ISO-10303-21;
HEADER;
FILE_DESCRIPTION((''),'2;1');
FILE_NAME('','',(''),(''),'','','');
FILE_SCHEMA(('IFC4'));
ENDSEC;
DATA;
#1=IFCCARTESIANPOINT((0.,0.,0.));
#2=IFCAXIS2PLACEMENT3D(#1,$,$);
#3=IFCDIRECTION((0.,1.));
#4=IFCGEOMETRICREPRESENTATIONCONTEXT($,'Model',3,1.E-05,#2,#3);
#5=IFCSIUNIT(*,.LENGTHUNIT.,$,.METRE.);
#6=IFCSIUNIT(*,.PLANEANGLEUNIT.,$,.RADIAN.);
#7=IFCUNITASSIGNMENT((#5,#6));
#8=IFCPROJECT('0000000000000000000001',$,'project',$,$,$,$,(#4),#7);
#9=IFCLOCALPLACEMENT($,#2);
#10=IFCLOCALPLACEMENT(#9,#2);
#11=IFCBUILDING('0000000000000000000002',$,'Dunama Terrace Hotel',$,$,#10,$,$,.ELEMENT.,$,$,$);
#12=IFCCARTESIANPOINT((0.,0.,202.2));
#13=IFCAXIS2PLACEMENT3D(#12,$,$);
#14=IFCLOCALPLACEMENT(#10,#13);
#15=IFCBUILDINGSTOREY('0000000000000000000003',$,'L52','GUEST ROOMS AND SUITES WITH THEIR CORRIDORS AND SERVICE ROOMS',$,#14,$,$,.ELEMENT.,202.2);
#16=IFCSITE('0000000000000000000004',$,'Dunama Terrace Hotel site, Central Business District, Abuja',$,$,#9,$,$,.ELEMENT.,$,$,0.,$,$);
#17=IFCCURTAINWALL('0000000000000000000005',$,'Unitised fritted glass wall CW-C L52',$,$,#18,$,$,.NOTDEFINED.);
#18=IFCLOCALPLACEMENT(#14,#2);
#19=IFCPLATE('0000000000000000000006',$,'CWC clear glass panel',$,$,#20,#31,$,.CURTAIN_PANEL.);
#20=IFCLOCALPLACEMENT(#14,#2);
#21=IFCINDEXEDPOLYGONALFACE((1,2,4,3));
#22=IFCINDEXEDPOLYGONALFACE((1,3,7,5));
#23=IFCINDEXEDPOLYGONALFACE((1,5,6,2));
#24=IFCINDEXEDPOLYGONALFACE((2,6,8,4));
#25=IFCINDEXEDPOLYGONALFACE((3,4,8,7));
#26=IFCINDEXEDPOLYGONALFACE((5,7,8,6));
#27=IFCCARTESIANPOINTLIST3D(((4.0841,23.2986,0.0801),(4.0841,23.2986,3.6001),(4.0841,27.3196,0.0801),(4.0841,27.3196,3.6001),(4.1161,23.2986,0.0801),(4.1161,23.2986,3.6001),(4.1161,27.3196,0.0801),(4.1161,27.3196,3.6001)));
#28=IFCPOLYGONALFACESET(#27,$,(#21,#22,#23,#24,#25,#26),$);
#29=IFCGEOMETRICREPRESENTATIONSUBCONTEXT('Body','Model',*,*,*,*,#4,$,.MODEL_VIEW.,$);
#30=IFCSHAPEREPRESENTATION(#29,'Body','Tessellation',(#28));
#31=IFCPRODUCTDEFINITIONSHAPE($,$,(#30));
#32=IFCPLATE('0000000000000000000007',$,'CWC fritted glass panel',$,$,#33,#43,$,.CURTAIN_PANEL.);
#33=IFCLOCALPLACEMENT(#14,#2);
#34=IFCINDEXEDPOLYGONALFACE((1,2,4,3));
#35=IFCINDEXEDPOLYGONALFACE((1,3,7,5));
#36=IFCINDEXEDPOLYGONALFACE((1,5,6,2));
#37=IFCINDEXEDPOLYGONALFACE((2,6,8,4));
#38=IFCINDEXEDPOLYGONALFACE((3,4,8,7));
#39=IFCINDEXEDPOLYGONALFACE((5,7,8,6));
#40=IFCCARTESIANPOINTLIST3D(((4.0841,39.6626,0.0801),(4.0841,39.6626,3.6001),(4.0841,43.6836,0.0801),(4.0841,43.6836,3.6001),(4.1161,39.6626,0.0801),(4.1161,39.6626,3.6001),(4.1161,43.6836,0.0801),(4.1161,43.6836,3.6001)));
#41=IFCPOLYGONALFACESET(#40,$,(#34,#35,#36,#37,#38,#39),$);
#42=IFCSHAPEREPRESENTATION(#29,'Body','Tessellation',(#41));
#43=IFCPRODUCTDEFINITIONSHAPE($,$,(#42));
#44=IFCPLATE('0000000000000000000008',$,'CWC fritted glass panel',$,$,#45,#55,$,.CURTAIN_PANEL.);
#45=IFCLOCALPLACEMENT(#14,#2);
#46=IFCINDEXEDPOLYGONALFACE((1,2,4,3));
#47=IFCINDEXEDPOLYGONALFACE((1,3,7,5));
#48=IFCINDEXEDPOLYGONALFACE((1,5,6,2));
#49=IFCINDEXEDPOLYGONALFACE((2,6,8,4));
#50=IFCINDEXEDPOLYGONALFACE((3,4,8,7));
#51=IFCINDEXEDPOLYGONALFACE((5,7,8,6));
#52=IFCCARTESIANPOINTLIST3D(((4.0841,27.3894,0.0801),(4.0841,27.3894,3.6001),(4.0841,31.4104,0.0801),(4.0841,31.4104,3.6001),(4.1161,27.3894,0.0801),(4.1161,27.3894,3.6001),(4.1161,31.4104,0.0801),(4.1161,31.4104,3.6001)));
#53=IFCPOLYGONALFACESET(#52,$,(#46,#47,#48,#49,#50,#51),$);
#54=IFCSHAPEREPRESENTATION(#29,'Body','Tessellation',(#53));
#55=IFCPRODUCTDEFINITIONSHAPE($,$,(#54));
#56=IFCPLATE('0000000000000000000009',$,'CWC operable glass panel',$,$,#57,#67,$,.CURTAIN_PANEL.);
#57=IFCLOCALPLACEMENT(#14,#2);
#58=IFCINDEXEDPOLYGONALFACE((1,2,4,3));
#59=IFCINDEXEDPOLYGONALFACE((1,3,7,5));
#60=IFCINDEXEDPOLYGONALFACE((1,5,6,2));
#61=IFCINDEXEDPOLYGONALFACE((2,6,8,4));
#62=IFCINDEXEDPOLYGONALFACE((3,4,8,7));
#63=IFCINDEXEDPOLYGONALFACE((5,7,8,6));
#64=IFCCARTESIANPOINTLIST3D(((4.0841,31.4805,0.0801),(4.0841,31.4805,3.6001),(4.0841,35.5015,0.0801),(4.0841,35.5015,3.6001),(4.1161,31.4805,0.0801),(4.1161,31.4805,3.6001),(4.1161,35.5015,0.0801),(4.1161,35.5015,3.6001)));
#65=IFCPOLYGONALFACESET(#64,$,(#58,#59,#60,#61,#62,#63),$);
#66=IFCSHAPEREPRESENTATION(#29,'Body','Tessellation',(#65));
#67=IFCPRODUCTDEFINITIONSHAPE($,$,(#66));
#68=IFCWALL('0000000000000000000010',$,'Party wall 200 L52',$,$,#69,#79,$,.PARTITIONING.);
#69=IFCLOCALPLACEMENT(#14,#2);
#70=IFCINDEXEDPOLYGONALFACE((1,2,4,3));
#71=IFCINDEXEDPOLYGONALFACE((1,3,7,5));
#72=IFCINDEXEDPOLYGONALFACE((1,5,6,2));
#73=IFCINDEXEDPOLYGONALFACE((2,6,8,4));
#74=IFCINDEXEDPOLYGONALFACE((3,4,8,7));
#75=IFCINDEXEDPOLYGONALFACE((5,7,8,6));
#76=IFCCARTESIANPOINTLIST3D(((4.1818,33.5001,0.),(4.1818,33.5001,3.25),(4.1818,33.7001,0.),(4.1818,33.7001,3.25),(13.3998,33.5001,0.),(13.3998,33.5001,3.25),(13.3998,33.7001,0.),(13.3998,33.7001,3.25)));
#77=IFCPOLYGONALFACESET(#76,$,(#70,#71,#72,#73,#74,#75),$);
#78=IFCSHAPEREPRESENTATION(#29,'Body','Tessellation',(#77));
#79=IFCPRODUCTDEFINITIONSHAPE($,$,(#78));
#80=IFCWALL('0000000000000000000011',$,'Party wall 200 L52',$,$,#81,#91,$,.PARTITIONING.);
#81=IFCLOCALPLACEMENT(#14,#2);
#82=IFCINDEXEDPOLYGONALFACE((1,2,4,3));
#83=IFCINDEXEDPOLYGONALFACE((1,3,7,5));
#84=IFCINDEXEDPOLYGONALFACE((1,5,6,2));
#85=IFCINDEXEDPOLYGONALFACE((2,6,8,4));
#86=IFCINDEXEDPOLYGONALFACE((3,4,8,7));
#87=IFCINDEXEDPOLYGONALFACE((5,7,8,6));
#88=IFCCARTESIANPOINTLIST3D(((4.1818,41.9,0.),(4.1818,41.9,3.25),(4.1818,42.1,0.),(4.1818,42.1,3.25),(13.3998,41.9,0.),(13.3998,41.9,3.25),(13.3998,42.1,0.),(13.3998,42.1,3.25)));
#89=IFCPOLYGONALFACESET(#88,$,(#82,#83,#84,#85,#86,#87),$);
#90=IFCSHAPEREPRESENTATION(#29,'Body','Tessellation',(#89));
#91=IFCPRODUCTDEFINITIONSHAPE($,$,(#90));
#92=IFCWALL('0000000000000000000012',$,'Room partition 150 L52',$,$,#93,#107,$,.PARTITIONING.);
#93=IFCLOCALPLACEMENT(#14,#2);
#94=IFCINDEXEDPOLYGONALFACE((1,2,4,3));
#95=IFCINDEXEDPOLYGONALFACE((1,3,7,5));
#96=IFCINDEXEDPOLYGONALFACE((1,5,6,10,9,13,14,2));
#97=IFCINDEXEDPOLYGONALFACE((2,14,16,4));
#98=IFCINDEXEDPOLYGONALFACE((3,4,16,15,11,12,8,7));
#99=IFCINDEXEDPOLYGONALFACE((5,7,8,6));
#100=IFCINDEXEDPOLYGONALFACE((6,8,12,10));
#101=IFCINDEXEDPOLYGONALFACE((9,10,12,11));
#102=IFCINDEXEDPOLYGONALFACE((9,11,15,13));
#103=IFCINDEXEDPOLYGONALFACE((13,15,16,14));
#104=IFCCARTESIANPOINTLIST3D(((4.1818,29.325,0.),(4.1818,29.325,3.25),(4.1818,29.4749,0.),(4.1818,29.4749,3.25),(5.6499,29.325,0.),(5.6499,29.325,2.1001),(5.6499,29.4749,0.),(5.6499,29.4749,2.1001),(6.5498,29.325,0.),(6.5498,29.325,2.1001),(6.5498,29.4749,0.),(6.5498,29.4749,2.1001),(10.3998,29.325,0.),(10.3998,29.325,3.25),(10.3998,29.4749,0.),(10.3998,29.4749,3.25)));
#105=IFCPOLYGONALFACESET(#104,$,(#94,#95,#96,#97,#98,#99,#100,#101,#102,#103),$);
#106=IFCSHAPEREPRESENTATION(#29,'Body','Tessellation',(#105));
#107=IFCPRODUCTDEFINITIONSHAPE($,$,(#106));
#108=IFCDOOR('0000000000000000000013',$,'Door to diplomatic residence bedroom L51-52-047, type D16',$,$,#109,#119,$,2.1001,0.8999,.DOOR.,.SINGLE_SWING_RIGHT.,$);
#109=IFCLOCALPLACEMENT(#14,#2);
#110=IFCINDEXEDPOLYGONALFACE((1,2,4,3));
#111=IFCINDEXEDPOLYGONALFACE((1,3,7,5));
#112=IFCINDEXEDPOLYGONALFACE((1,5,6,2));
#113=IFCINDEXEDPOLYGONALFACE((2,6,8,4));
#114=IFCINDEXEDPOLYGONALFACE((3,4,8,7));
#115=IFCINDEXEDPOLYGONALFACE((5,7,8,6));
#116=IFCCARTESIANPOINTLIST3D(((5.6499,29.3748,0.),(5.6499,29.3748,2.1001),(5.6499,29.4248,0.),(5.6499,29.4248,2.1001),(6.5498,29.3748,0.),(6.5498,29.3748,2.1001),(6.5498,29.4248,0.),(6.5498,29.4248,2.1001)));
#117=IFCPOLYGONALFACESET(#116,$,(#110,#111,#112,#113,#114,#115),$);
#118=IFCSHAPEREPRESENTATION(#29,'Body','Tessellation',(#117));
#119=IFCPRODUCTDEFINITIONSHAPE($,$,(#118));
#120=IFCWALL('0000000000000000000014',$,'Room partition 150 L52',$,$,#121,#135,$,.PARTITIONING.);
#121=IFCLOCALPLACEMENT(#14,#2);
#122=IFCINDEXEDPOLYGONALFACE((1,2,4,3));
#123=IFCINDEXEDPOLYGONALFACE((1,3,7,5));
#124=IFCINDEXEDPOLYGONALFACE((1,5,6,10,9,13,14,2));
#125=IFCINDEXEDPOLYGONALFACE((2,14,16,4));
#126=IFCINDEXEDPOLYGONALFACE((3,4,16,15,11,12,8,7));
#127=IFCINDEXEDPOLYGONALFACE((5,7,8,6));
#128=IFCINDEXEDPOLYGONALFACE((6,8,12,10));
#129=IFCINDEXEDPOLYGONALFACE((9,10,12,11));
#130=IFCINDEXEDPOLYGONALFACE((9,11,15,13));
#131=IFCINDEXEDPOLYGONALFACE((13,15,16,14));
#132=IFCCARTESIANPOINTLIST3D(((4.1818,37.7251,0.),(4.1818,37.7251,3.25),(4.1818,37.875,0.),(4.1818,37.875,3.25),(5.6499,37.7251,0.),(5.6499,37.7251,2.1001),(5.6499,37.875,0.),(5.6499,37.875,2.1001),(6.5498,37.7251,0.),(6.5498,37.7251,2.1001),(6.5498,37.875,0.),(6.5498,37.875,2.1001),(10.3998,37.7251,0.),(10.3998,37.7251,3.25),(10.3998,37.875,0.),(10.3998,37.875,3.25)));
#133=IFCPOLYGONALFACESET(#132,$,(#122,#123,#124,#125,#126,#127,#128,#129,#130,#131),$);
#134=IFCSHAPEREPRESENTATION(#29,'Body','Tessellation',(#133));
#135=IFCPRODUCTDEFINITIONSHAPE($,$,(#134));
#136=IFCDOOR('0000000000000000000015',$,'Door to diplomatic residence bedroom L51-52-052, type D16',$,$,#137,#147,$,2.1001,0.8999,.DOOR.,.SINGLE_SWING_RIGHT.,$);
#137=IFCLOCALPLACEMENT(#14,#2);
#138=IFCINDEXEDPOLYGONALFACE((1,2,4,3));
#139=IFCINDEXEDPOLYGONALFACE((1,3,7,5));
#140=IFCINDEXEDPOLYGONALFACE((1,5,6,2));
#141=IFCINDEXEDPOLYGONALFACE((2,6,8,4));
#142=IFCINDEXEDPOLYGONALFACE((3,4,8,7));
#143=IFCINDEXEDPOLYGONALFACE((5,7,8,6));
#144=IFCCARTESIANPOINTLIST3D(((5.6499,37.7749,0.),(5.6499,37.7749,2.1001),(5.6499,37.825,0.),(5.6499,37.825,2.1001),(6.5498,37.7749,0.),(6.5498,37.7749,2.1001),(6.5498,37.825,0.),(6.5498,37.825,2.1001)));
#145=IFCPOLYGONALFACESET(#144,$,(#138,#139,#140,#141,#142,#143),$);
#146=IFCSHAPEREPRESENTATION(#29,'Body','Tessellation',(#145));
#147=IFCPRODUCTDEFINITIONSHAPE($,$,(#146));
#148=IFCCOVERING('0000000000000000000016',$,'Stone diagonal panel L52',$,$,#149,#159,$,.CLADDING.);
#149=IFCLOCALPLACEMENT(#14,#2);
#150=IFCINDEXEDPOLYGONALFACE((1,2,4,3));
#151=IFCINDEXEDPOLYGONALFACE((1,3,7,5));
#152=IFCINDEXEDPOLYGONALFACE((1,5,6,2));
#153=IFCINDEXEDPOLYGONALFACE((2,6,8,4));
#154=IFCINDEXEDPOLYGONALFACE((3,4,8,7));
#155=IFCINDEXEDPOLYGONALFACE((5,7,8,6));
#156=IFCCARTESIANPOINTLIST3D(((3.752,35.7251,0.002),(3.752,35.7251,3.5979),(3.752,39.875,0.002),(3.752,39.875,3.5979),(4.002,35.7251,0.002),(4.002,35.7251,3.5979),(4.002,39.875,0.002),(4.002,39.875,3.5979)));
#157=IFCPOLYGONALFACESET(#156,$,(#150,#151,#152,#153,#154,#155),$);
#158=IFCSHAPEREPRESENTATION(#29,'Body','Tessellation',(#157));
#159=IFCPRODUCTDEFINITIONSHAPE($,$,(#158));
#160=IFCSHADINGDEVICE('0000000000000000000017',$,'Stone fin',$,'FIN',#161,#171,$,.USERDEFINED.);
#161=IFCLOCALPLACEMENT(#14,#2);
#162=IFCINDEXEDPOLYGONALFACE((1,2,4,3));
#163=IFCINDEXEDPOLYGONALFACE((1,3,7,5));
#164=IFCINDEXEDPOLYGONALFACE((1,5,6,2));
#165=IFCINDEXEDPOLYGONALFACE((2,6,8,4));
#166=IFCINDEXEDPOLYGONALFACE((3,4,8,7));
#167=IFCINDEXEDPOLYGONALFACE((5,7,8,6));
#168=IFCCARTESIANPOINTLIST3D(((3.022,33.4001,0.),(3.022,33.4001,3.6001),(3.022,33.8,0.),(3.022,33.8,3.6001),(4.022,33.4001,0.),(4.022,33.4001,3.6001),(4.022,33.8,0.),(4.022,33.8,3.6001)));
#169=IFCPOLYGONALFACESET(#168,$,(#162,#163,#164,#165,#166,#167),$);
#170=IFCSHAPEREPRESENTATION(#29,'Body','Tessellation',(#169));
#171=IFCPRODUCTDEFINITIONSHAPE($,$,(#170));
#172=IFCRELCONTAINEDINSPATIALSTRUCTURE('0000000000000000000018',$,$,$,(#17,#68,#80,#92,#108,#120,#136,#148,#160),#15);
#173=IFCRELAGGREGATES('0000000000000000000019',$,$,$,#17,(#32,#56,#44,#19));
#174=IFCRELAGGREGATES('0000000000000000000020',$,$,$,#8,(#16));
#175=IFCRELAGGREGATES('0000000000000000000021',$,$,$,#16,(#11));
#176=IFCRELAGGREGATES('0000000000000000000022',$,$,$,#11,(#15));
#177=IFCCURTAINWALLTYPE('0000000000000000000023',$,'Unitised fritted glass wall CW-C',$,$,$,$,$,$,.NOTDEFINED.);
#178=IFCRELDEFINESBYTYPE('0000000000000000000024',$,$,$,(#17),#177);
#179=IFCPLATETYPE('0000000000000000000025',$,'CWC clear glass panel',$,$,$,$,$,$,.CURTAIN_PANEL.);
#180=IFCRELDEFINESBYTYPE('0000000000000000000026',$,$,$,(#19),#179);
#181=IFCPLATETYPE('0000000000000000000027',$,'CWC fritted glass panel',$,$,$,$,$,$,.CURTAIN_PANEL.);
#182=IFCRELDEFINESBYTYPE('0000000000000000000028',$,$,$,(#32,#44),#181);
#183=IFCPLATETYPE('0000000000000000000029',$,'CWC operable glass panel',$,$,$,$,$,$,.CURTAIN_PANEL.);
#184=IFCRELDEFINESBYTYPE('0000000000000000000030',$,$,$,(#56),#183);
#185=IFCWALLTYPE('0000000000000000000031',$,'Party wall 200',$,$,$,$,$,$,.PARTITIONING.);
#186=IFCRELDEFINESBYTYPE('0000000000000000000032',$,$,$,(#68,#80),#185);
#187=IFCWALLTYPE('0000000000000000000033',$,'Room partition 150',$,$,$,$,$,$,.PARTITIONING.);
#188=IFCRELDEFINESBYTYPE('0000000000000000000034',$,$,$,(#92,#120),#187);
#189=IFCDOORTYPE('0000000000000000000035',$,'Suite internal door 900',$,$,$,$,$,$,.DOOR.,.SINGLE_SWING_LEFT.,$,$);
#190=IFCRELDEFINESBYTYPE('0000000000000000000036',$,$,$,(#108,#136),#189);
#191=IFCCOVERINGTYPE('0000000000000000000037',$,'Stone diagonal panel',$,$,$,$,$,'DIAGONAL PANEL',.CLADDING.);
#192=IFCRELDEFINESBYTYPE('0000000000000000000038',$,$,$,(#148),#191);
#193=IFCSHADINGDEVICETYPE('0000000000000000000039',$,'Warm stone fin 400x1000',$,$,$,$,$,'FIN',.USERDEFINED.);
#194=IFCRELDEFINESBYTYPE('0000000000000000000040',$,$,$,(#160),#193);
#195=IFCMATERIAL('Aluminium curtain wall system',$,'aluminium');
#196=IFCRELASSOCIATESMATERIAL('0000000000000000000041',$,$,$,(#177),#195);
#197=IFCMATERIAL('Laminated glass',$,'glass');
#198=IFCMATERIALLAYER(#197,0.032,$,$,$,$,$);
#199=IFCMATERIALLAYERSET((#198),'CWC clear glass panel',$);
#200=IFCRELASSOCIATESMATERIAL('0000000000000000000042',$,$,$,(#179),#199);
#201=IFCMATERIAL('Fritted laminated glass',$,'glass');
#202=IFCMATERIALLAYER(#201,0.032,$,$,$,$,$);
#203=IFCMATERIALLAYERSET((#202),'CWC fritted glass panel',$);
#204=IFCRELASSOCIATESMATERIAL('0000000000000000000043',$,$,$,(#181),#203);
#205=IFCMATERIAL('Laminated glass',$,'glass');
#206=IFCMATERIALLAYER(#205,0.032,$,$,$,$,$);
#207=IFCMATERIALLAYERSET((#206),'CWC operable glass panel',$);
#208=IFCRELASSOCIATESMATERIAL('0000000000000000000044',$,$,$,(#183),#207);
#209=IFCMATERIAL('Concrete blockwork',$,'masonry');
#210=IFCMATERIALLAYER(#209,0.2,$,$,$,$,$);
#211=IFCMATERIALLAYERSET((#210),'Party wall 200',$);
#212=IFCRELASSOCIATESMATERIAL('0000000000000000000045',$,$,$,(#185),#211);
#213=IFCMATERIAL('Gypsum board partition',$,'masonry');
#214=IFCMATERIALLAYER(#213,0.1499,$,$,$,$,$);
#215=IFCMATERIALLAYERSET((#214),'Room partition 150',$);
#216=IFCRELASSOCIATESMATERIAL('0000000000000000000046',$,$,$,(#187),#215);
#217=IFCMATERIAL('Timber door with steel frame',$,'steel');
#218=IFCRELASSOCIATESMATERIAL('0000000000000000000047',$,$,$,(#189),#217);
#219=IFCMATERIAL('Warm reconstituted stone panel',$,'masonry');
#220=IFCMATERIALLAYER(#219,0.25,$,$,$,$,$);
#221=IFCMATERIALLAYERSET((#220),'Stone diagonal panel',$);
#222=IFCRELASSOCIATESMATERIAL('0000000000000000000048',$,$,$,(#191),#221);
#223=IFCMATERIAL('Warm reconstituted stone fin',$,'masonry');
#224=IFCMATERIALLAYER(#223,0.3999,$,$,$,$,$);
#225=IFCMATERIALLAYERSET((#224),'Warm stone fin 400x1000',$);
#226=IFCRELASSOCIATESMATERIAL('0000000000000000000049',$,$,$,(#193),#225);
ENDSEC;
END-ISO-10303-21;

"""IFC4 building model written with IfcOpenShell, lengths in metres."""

from ifc_helpers import new_model, si_unit, direction, frame, frame_2d, origin, origin_2d, place, context, subcontext, project, spatial, rectangle, extrude, material, layer, layer_set, type_object, element, fill, aggregate, save


model = new_model("IFC4")

# Units and contexts
model_context = context("Model", 3, precision=1e-05, world=origin(), true_north=direction((0.0, 1.0)))
body_context = subcontext(model_context, "Body", "Model", "MODEL_VIEW")
ifc_project = project(units=[si_unit("LENGTHUNIT", "METRE"), si_unit("PLANEANGLEUNIT", "RADIAN")], contexts=[model_context])

# Site, building, storey
site_placement = place(None, origin())
site = spatial("IfcSite", under=ifc_project, at=site_placement, Name="Dunama Terrace Hotel site, Central Business District, Abuja", CompositionType="ELEMENT", RefElevation=0.0)
building_placement = place(site_placement, origin())
building = spatial("IfcBuilding", under=site, at=building_placement, Name="Dunama Terrace Hotel", CompositionType="ELEMENT")
storey_placement = place(building_placement, frame((0.0, 0.0, 202.2)))
storey = spatial("IfcBuildingStorey", under=building, at=storey_placement, Name="L52", Description="GUEST ROOMS AND SUITES WITH THEIR CORRIDORS AND SERVICE ROOMS", CompositionType="ELEMENT", Elevation=202.2)

# Curtain wall
ifc_material_1 = material(Name="Aluminium curtain wall system", Category="aluminium")
curtain_wall_type = type_object("IfcCurtainWallType", Name="Unitised fritted glass wall CW-C", PredefinedType="NOTDEFINED", material=ifc_material_1)
curtain_wall_placement = place(storey_placement, origin())
curtain_wall = element("IfcCurtainWall", 1, at=curtain_wall_placement, inside=storey, type_object=curtain_wall_type, Name="Unitised fritted glass wall CW-C L52", PredefinedType="NOTDEFINED")

# Plates
ifc_material_2 = material(Name="Laminated glass", Category="glass")
ifc_layer_1 = layer(ifc_material_2, 0.032)
ifc_layer_set_1 = layer_set([ifc_layer_1], Name="CWC clear glass panel")
plate_type_1 = type_object("IfcPlateType", Name="CWC clear glass panel", PredefinedType="CURTAIN_PANEL", material=ifc_layer_set_1)
plate_1_placement = place(storey_placement, frame((4.1001, 25.3091, 0.0801), z_axis=(0.0, 0.0, 1.0), x_axis=(0.0, -1.0, 0.0)))
plate_1 = element("IfcPlate", 2, at=plate_1_placement, type_object=plate_type_1, Name="CWC clear glass panel", PredefinedType="CURTAIN_PANEL", context=body_context, shape_type="SweptSolid", body=[
    extrude(rectangle(XDim=4.021, YDim=0.032, at=origin_2d()), origin(), (0.0, 0.0, 1.0), 3.52),
])
ifc_material_3 = material(Name="Fritted laminated glass", Category="glass")
ifc_layer_2 = layer(ifc_material_3, 0.032)
ifc_layer_set_2 = layer_set([ifc_layer_2], Name="CWC fritted glass panel")
plate_type_2 = type_object("IfcPlateType", Name="CWC fritted glass panel", PredefinedType="CURTAIN_PANEL", material=ifc_layer_set_2)
plate_2_placement = place(storey_placement, frame((4.1001, 41.6731, 0.0801), z_axis=(0.0, 0.0, 1.0), x_axis=(0.0, -1.0, 0.0)))
plate_2 = element("IfcPlate", 3, at=plate_2_placement, type_object=plate_type_2, Name="CWC fritted glass panel", PredefinedType="CURTAIN_PANEL", context=body_context, shape_type="SweptSolid", body=[
    extrude(rectangle(XDim=4.021, YDim=0.032, at=origin_2d()), origin(), (0.0, 0.0, 1.0), 3.52),
])
plate_3_placement = place(storey_placement, frame((4.1001, 29.3999, 0.0801), z_axis=(0.0, 0.0, 1.0), x_axis=(0.0, -1.0, 0.0)))
plate_3 = element("IfcPlate", 4, at=plate_3_placement, type_object=plate_type_2, Name="CWC fritted glass panel", PredefinedType="CURTAIN_PANEL", context=body_context, shape_type="SweptSolid", body=[
    extrude(rectangle(XDim=4.021, YDim=0.032, at=origin_2d()), origin(), (0.0, 0.0, 1.0), 3.52),
])
ifc_material_4 = material(Name="Laminated glass", Category="glass")
ifc_layer_3 = layer(ifc_material_4, 0.032)
ifc_layer_set_3 = layer_set([ifc_layer_3], Name="CWC operable glass panel")
plate_type_3 = type_object("IfcPlateType", Name="CWC operable glass panel", PredefinedType="CURTAIN_PANEL", material=ifc_layer_set_3)
plate_4_placement = place(storey_placement, frame((4.1001, 33.491, 0.0801), z_axis=(0.0, 0.0, 1.0), x_axis=(0.0, -1.0, 0.0)))
plate_4 = element("IfcPlate", 5, at=plate_4_placement, type_object=plate_type_3, Name="CWC operable glass panel", PredefinedType="CURTAIN_PANEL", context=body_context, shape_type="SweptSolid", body=[
    extrude(rectangle(XDim=4.021, YDim=0.032, at=origin_2d()), origin(), (0.0, 0.0, 1.0), 3.52),
])
aggregate(curtain_wall, [plate_2, plate_4, plate_3, plate_1])

# Walls
ifc_material_5 = material(Name="Concrete blockwork", Category="masonry")
ifc_layer_4 = layer(ifc_material_5, 0.2)
ifc_layer_set_4 = layer_set([ifc_layer_4], Name="Party wall 200")
wall_type_1 = type_object("IfcWallType", Name="Party wall 200", PredefinedType="PARTITIONING", material=ifc_layer_set_4)
for number, where, z_axis, x_axis, name in (
    (6, (4.1819, 33.6001, 0.0), (0.0, 0.0, 1.0), (1.0, 0.0, 0.0), "Party wall 200 L52"),
    (7, (4.1819, 42.0, 0.0), (0.0, 0.0, 1.0), (1.0, 0.0, 0.0), "Party wall 200 L52"),
):
    element("IfcWall", number, at=place(storey_placement, frame(where, z_axis=z_axis, x_axis=x_axis)), inside=storey, type_object=wall_type_1, Name=name, PredefinedType="PARTITIONING", context=body_context, shape_type="SweptSolid", body=[
        extrude(rectangle(XDim=9.218, YDim=0.2, at=frame_2d((4.6089, 0.0))), origin(), (0.0, 0.0, 1.0), 3.25),
    ])

# Walls, openings, doors
ifc_material_6 = material(Name="Gypsum board partition", Category="masonry")
ifc_layer_5 = layer(ifc_material_6, 0.1499)
ifc_layer_set_5 = layer_set([ifc_layer_5], Name="Room partition 150")
wall_type_2 = type_object("IfcWallType", Name="Room partition 150", PredefinedType="PARTITIONING", material=ifc_layer_set_5)
wall_1_placement = place(storey_placement, frame((4.1819, 29.3999, 0.0), z_axis=(0.0, 0.0, 1.0), x_axis=(1.0, 0.0, 0.0)))
wall_1 = element("IfcWall", 8, at=wall_1_placement, inside=storey, type_object=wall_type_2, Name="Room partition 150 L52", PredefinedType="PARTITIONING", context=body_context, shape_type="SweptSolid", body=[
    extrude(rectangle(XDim=6.218, YDim=0.1499, at=frame_2d((3.1089, 0.0))), origin(), (0.0, 0.0, 1.0), 3.25),
])
opening_1_placement = place(wall_1_placement, frame((1.468, 0.0, 0.0)))
opening_1 = element("IfcOpeningElement", 9, at=opening_1_placement, cuts=wall_1, PredefinedType="OPENING", context=body_context, shape_type="SweptSolid", body=[
    extrude(rectangle(XDim=0.8999, YDim=2.1001, at=frame_2d((0.45, 1.05))), frame((0.0, 0.085, 0.0), z_axis=(0.0, -1.0, 0.0), x_axis=(1.0, 0.0, 0.0)), (0.0, 0.0, 1.0), 0.1699),
])
ifc_material_7 = material(Name="Timber door with steel frame", Category="steel")
door_type = type_object("IfcDoorType", Name="Suite internal door 900", OperationType="SINGLE_SWING_LEFT", PredefinedType="DOOR", material=ifc_material_7)
door_1_placement = place(opening_1_placement, origin())
door_1 = element("IfcDoor", 10, at=door_1_placement, inside=storey, type_object=door_type, Name="Door to diplomatic residence bedroom L51-52-047, type D16", OperationType="SINGLE_SWING_RIGHT", OverallHeight=2.1001, OverallWidth=0.8999, PredefinedType="DOOR", context=body_context, shape_type="SweptSolid", body=[
    extrude(rectangle(XDim=0.8999, YDim=2.1001, at=frame_2d((0.45, 1.05))), frame((0.0, 0.0249, 0.0), z_axis=(0.0, -1.0, 0.0), x_axis=(1.0, 0.0, 0.0)), (0.0, 0.0, 1.0), 0.05),
])
fill(opening_1, door_1)
wall_2_placement = place(storey_placement, frame((4.1819, 37.8, 0.0), z_axis=(0.0, 0.0, 1.0), x_axis=(1.0, 0.0, 0.0)))
wall_2 = element("IfcWall", 11, at=wall_2_placement, inside=storey, type_object=wall_type_2, Name="Room partition 150 L52", PredefinedType="PARTITIONING", context=body_context, shape_type="SweptSolid", body=[
    extrude(rectangle(XDim=6.218, YDim=0.1499, at=frame_2d((3.1089, 0.0))), origin(), (0.0, 0.0, 1.0), 3.25),
])
opening_2_placement = place(wall_2_placement, frame((1.468, 0.0, 0.0)))
opening_2 = element("IfcOpeningElement", 12, at=opening_2_placement, cuts=wall_2, PredefinedType="OPENING", context=body_context, shape_type="SweptSolid", body=[
    extrude(rectangle(XDim=0.8999, YDim=2.1001, at=frame_2d((0.45, 1.05))), frame((0.0, 0.085, 0.0), z_axis=(0.0, -1.0, 0.0), x_axis=(1.0, 0.0, 0.0)), (0.0, 0.0, 1.0), 0.1699),
])
door_2_placement = place(opening_2_placement, origin())
door_2 = element("IfcDoor", 13, at=door_2_placement, inside=storey, type_object=door_type, Name="Door to diplomatic residence bedroom L51-52-052, type D16", OperationType="SINGLE_SWING_RIGHT", OverallHeight=2.1001, OverallWidth=0.8999, PredefinedType="DOOR", context=body_context, shape_type="SweptSolid", body=[
    extrude(rectangle(XDim=0.8999, YDim=2.1001, at=frame_2d((0.45, 1.05))), frame((0.0, 0.0249, 0.0), z_axis=(0.0, -1.0, 0.0), x_axis=(1.0, 0.0, 0.0)), (0.0, 0.0, 1.0), 0.05),
])
fill(opening_2, door_2)

# Covering
ifc_material_8 = material(Name="Warm reconstituted stone panel", Category="masonry")
ifc_layer_6 = layer(ifc_material_8, 0.25)
ifc_layer_set_6 = layer_set([ifc_layer_6], Name="Stone diagonal panel")
covering_type = type_object("IfcCoveringType", Name="Stone diagonal panel", ElementType="DIAGONAL PANEL", PredefinedType="CLADDING", material=ifc_layer_set_6)
covering_placement = place(storey_placement, frame((3.877, 37.8, 0.002), z_axis=(0.0, 0.0, 1.0), x_axis=(0.0, -1.0, 0.0)))
element("IfcCovering", 14, at=covering_placement, inside=storey, type_object=covering_type, Name="Stone diagonal panel L52", PredefinedType="CLADDING", context=body_context, shape_type="SweptSolid", body=[
    extrude(rectangle(XDim=4.1499, YDim=0.25, at=origin_2d()), origin(), (0.0, 0.0, 1.0), 3.5959),
])

# Shading device
ifc_material_9 = material(Name="Warm reconstituted stone fin", Category="masonry")
ifc_layer_7 = layer(ifc_material_9, 0.3999)
ifc_layer_set_7 = layer_set([ifc_layer_7], Name="Warm stone fin 400x1000")
shading_device_type = type_object("IfcShadingDeviceType", Name="Warm stone fin 400x1000", ElementType="FIN", PredefinedType="USERDEFINED", material=ifc_layer_set_7)
shading_device_placement = place(storey_placement, frame((3.522, 33.6001, 0.0), z_axis=(0.0, 0.0, 1.0), x_axis=(0.0, -1.0, 0.0)))
element("IfcShadingDevice", 15, at=shading_device_placement, inside=storey, type_object=shading_device_type, Name="Stone fin", ObjectType="FIN", PredefinedType="USERDEFINED", context=body_context, shape_type="SweptSolid", body=[
    extrude(rectangle(XDim=0.3999, YDim=1.0, at=origin_2d()), origin(), (0.0, 0.0, 1.0), 3.6001),
])

save(model, "model.ifc")
